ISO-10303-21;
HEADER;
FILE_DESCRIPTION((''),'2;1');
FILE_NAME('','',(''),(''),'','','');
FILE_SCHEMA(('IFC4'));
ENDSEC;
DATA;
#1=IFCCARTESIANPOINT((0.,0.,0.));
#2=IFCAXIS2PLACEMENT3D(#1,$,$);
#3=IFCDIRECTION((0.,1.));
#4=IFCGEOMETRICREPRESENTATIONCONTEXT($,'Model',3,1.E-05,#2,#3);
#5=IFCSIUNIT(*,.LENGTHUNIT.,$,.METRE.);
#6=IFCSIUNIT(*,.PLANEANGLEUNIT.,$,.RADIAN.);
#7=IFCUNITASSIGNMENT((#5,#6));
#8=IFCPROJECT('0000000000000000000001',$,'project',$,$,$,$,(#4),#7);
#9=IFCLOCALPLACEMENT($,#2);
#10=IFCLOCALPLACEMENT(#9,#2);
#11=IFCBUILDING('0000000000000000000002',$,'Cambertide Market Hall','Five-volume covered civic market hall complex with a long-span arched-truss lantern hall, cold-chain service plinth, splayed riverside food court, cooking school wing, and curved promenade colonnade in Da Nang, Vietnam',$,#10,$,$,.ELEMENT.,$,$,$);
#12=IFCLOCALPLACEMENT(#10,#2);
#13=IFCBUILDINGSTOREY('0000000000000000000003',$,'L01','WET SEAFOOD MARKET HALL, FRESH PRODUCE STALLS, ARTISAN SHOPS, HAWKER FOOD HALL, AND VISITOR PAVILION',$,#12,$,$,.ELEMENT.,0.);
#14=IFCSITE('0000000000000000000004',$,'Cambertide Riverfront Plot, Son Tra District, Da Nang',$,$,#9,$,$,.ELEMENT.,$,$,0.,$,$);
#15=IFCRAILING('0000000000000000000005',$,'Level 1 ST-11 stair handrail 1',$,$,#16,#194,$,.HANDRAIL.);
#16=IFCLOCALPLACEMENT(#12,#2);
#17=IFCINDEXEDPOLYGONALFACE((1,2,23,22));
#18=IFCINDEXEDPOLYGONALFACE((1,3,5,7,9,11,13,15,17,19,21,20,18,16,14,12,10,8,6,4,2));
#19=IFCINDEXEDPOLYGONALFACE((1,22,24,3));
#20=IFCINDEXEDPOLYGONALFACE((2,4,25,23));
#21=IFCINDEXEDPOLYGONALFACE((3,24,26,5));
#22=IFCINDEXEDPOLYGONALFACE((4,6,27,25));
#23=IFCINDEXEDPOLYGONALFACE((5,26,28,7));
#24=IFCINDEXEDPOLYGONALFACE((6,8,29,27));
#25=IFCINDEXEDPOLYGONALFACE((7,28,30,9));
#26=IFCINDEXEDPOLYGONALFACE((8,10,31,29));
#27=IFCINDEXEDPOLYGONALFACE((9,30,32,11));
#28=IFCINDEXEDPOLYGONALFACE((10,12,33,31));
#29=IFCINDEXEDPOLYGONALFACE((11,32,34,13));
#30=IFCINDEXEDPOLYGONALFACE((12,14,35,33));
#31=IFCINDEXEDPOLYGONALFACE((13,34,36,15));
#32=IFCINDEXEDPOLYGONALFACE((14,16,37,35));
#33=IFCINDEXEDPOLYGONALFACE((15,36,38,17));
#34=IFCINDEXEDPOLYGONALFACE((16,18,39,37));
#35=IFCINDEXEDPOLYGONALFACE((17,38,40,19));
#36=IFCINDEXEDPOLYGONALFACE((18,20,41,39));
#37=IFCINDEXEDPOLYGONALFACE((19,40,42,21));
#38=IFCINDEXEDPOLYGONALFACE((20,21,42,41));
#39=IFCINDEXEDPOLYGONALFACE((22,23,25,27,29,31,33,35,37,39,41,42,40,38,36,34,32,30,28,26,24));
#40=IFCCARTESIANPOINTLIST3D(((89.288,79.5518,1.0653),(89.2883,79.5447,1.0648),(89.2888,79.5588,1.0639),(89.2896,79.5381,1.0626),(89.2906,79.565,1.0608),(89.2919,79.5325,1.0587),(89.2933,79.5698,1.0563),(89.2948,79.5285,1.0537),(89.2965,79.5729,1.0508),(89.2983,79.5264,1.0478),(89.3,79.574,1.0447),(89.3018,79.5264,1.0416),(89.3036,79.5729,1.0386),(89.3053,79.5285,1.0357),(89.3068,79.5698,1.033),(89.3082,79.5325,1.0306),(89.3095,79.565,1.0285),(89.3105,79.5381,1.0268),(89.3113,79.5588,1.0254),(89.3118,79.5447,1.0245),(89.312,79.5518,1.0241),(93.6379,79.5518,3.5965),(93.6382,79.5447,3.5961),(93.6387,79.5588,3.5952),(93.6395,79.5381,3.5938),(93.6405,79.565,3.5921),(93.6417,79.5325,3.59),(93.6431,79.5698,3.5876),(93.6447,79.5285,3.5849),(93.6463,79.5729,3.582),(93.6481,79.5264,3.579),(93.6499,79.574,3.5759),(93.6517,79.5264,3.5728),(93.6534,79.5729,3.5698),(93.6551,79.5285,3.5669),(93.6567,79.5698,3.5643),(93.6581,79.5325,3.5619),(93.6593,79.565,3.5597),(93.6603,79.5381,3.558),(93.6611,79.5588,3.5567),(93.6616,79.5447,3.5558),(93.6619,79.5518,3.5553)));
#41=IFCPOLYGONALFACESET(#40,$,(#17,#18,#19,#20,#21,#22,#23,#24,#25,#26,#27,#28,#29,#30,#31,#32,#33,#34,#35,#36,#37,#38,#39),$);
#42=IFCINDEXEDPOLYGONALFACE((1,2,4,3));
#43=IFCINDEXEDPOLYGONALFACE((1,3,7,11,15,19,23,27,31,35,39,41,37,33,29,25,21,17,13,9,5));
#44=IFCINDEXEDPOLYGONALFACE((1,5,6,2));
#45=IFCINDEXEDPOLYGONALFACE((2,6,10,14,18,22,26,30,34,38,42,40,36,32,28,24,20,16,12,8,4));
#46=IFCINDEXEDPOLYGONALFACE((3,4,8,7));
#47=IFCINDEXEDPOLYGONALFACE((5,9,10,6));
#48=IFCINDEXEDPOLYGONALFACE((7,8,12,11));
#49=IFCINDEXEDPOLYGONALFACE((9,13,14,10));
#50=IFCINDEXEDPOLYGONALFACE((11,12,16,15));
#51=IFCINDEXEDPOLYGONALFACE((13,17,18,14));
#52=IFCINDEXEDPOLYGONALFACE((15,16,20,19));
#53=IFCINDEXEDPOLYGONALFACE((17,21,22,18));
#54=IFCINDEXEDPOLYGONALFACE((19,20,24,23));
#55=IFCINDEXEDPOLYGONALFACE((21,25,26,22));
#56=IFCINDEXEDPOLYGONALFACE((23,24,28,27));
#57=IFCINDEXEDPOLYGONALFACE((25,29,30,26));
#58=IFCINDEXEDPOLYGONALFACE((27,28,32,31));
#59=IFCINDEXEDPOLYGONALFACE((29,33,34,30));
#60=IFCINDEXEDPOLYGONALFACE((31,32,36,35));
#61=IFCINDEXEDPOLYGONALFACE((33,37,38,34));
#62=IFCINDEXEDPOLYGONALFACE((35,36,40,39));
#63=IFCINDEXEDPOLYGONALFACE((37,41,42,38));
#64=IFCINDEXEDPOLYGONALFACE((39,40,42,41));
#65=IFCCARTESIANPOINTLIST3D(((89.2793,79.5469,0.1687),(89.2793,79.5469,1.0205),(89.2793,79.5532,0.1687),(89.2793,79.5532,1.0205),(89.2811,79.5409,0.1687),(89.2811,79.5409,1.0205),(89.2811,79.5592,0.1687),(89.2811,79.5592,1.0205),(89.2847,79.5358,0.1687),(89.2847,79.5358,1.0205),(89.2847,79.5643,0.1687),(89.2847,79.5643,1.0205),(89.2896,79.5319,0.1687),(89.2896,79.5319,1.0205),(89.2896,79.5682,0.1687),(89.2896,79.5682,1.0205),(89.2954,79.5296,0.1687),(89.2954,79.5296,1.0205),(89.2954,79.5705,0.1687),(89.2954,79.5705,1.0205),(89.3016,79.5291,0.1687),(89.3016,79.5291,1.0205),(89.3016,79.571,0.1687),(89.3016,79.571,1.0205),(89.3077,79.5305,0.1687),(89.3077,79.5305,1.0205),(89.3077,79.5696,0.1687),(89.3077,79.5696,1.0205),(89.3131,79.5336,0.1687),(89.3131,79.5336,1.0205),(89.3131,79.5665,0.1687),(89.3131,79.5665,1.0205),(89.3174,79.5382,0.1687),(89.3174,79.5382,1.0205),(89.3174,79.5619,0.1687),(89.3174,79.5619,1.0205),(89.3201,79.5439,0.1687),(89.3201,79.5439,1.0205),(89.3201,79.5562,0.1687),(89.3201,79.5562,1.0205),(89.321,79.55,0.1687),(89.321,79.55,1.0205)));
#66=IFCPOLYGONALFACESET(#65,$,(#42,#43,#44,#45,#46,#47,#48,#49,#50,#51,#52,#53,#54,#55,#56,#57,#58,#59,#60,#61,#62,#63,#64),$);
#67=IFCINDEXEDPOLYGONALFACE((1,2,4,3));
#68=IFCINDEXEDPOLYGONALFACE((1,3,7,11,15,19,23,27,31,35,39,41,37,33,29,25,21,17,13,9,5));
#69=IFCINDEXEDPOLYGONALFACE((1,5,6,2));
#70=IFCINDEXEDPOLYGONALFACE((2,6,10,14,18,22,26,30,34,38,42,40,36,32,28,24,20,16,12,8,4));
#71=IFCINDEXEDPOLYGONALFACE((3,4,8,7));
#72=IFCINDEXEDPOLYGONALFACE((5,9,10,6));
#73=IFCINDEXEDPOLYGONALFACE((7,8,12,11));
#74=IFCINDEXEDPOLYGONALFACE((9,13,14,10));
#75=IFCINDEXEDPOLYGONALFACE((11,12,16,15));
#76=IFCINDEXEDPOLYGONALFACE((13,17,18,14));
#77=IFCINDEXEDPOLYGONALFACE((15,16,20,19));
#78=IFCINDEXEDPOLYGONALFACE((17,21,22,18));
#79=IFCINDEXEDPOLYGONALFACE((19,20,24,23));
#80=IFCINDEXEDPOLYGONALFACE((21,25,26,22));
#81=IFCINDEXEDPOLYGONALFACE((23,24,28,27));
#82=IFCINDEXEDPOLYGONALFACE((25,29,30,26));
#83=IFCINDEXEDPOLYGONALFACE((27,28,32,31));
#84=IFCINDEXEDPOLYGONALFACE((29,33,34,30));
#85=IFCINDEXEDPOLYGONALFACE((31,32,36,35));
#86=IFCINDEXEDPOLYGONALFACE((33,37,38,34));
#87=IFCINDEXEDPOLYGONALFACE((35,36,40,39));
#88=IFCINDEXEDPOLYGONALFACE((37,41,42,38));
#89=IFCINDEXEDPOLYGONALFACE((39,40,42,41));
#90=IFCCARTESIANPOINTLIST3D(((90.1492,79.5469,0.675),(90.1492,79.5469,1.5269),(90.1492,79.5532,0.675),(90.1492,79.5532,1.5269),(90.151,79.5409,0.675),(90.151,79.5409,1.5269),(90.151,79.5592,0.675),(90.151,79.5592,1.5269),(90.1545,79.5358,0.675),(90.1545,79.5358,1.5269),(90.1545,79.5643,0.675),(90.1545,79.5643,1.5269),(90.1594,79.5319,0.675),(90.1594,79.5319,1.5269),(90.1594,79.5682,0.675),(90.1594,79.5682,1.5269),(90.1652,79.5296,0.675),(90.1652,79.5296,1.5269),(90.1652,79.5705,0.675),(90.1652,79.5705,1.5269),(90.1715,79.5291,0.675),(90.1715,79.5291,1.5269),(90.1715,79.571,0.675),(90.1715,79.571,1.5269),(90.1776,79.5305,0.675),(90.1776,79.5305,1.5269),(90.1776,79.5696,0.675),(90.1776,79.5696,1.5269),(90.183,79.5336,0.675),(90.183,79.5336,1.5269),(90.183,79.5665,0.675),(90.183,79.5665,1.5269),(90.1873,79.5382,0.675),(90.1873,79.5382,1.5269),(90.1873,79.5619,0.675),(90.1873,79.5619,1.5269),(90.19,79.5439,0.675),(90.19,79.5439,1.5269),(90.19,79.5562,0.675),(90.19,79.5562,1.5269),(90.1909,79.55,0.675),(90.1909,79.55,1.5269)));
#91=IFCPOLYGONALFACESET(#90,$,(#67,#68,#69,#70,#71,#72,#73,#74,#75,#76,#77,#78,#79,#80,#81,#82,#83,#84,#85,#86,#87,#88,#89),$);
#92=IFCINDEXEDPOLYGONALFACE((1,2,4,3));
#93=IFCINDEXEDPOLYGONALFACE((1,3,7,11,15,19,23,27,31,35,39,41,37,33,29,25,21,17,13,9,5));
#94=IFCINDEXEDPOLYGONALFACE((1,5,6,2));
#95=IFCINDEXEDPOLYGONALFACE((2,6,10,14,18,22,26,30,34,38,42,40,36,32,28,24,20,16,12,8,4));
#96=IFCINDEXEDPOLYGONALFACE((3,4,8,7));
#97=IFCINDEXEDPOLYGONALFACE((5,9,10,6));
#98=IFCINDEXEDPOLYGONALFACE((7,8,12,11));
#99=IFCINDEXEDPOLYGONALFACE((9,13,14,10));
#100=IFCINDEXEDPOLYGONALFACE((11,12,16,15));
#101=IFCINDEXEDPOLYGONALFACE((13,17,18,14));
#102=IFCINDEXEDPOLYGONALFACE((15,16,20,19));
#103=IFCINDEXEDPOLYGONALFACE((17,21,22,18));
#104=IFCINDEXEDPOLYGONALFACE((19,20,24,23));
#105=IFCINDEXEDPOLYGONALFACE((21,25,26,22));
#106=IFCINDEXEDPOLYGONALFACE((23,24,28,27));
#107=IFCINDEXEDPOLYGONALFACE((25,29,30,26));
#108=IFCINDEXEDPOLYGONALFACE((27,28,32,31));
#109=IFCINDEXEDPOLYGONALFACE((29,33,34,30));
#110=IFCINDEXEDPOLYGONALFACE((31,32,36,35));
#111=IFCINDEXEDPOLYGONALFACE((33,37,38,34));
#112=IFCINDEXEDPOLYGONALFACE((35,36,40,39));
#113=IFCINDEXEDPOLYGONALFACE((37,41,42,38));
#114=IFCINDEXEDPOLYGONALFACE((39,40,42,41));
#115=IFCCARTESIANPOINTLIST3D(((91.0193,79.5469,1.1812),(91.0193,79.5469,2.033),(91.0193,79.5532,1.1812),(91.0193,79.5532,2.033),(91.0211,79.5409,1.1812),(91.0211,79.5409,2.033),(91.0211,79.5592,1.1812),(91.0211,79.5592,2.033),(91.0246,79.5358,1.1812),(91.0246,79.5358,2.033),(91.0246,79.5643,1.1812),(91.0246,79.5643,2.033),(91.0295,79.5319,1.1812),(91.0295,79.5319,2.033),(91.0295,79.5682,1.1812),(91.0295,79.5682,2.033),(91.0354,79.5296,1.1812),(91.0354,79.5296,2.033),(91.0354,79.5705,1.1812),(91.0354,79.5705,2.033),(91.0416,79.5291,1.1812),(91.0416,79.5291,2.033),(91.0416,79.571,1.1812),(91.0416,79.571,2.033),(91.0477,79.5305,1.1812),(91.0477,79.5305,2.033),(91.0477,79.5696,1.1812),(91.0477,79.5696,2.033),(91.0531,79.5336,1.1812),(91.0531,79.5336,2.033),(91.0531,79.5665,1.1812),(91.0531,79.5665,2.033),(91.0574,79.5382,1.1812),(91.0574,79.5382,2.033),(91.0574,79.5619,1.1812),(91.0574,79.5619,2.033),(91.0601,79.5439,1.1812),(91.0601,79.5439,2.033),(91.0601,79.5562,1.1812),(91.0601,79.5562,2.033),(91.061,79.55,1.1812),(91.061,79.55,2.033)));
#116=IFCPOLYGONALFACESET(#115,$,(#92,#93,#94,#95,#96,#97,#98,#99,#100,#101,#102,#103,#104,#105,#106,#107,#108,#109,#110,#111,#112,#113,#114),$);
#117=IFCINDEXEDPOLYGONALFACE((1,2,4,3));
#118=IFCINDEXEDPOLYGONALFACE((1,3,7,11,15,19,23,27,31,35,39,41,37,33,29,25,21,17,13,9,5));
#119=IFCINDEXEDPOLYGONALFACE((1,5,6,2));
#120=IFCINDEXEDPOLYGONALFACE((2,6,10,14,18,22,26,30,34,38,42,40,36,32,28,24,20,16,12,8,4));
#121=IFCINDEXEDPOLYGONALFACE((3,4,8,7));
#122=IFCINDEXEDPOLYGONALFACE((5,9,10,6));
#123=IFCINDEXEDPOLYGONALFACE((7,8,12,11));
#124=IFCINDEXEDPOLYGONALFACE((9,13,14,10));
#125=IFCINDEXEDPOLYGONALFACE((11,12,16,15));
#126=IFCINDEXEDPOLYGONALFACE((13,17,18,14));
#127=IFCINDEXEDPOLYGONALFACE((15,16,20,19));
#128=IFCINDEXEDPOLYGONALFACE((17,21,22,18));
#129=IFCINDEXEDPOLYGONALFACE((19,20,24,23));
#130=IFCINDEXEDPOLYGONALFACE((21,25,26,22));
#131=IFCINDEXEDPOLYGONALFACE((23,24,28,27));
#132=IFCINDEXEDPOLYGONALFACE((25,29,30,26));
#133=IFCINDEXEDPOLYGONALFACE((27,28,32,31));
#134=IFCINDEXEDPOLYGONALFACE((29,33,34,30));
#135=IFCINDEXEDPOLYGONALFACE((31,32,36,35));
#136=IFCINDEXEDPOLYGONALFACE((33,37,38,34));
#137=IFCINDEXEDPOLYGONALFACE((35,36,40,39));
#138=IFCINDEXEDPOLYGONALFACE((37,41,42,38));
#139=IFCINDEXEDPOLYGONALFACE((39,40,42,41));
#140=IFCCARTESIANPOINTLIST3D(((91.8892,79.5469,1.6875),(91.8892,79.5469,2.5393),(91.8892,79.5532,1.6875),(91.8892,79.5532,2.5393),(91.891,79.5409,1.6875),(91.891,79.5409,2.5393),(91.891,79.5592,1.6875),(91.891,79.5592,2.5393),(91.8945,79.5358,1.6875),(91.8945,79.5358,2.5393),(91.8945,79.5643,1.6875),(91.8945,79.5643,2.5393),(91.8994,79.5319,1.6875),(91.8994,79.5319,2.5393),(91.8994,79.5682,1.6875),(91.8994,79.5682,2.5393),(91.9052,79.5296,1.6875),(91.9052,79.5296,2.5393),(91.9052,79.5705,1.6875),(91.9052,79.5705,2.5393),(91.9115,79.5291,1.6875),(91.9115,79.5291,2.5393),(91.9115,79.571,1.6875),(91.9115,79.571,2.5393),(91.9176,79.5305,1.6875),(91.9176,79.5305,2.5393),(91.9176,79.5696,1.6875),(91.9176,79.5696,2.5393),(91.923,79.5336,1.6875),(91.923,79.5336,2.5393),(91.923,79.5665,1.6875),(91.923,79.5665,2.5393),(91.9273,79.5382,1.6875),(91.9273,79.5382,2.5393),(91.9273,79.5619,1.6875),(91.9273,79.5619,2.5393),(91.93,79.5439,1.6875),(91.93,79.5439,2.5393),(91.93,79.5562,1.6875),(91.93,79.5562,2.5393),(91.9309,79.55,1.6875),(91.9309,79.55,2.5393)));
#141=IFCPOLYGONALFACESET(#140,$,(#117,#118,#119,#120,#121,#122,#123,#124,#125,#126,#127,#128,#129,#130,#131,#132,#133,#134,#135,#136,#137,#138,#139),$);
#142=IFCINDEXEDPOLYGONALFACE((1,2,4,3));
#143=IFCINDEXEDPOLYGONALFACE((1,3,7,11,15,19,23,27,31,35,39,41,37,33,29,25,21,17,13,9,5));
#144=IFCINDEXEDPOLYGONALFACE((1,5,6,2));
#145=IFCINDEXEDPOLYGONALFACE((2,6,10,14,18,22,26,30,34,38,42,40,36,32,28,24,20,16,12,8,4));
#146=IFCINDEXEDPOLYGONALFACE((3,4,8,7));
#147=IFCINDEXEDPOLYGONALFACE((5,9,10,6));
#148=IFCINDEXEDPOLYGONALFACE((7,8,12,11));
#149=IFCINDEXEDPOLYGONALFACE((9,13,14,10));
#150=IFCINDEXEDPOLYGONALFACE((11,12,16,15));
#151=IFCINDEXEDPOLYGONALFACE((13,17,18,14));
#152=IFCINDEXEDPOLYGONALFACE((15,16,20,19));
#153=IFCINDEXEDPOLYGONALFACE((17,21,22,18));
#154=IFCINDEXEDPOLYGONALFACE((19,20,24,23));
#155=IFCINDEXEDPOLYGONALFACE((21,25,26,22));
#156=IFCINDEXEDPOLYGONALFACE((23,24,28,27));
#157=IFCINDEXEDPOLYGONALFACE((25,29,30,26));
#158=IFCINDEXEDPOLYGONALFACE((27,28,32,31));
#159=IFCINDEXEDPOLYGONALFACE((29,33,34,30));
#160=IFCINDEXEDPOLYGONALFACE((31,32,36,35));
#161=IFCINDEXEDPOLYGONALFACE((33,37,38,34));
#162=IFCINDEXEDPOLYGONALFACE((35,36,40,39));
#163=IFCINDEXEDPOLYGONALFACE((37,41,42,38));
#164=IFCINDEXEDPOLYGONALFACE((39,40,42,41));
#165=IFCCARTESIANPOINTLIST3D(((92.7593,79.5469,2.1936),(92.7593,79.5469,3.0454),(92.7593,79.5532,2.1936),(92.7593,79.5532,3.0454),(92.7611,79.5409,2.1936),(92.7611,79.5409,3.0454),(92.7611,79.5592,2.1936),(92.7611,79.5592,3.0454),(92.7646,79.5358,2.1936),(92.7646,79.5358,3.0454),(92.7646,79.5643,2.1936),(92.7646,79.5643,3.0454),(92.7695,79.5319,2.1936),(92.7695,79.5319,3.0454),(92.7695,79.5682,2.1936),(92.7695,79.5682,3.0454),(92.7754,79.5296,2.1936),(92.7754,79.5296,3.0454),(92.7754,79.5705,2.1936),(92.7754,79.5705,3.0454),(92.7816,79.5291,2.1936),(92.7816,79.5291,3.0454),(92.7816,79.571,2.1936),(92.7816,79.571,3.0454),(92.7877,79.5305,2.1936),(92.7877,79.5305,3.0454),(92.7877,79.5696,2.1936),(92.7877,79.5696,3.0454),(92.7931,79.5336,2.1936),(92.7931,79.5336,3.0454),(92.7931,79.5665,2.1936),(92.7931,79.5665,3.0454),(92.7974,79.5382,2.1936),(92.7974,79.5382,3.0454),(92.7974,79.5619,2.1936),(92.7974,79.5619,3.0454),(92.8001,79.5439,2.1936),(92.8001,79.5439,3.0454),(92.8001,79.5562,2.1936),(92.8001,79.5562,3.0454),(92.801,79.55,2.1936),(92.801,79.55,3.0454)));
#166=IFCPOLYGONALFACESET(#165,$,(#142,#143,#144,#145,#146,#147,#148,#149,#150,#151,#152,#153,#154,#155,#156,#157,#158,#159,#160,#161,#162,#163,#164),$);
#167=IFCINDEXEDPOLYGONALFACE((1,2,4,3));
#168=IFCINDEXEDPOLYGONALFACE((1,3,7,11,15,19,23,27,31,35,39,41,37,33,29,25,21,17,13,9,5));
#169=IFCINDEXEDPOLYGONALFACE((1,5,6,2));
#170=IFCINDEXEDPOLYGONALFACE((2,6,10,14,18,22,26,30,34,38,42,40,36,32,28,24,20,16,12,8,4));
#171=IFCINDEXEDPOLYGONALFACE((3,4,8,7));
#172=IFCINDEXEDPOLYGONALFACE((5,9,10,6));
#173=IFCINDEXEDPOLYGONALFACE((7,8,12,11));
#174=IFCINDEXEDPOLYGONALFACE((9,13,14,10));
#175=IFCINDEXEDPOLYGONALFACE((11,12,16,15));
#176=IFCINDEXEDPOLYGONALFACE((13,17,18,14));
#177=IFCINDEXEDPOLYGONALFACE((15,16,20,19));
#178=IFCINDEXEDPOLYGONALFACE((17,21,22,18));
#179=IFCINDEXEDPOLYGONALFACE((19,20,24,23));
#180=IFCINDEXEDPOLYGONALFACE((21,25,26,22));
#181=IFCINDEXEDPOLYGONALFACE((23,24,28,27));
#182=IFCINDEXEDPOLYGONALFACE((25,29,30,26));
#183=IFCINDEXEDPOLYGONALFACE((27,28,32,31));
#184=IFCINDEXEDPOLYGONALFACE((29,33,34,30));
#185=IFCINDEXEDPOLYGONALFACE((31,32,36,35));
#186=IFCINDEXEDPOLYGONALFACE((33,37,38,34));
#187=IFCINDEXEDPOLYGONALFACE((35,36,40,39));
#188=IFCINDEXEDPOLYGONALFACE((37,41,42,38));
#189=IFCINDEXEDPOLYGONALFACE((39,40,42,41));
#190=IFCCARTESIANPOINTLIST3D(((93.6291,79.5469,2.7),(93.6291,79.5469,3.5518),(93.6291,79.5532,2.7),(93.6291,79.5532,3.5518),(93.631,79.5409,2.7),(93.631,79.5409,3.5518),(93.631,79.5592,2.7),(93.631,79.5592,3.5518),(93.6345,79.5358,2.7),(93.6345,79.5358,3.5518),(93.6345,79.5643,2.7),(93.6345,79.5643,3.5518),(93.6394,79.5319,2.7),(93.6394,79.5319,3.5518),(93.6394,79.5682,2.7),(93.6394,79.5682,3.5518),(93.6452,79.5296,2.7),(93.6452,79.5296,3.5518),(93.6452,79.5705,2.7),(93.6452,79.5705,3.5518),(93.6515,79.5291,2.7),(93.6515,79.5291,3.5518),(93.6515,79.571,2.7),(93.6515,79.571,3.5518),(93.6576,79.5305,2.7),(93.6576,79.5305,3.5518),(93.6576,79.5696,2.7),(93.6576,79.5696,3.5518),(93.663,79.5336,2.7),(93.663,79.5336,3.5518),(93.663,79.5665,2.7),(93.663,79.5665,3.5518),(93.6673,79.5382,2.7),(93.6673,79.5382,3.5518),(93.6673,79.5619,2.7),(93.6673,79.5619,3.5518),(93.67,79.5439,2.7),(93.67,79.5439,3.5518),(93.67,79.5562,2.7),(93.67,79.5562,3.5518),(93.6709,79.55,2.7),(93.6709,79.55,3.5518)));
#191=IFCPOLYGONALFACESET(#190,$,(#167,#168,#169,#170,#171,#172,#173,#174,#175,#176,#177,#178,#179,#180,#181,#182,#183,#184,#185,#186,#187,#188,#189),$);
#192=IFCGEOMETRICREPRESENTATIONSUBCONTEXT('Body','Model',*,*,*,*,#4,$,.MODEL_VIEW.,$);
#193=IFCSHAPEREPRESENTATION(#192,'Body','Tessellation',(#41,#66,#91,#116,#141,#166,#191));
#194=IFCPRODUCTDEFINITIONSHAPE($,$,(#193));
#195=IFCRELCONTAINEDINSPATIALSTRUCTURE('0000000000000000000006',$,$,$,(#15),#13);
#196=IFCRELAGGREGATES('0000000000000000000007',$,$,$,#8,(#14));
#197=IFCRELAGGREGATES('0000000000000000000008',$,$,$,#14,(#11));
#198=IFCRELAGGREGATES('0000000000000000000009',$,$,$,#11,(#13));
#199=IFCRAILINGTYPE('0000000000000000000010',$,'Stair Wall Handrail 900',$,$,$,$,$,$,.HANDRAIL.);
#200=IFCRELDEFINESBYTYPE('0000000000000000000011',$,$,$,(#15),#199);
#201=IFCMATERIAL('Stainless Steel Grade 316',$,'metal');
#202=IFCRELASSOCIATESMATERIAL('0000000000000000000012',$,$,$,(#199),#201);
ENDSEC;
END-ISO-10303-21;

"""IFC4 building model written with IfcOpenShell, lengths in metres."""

from ifc_helpers import new_model, si_unit, direction, frame, origin, origin_2d, place, context, subcontext, project, spatial, circle, extrude, material, type_object, element, save


model = new_model("IFC4")

# Units and contexts
model_context = context("Model", 3, precision=1e-05, world=origin(), true_north=direction((0.0, 1.0)))
body_context = subcontext(model_context, "Body", "Model", "MODEL_VIEW")
ifc_project = project(units=[si_unit("LENGTHUNIT", "METRE"), si_unit("PLANEANGLEUNIT", "RADIAN")], contexts=[model_context])

# Site, building, storey
site_placement = place(None, origin())
site = spatial("IfcSite", under=ifc_project, at=site_placement, Name="Cambertide Riverfront Plot, Son Tra District, Da Nang", CompositionType="ELEMENT", RefElevation=0.0)
building_placement = place(site_placement, origin())
building = spatial("IfcBuilding", under=site, at=building_placement, Name="Cambertide Market Hall", Description="Five-volume covered civic market hall complex with a long-span arched-truss lantern hall, cold-chain service plinth, splayed riverside food court, cooking school wing, and curved promenade colonnade in Da Nang, Vietnam", CompositionType="ELEMENT")
storey_placement = place(building_placement, origin())
storey = spatial("IfcBuildingStorey", under=building, at=storey_placement, Name="L01", Description="WET SEAFOOD MARKET HALL, FRESH PRODUCE STALLS, ARTISAN SHOPS, HAWKER FOOD HALL, AND VISITOR PAVILION", CompositionType="ELEMENT", Elevation=0.0)

# Railing
ifc_material_1 = material(Name="Stainless Steel Grade 316", Category="metal")
railing_type_1 = type_object("IfcRailingType", Name="Stair Wall Handrail 900", PredefinedType="HANDRAIL", material=ifc_material_1)
railing_1_placement = place(storey_placement, frame((89.3, 79.55, 0.1687)))
element("IfcRailing", 1, at=railing_1_placement, inside=storey, type_object=railing_type_1, Name="Level 1 ST-11 stair handrail 1", PredefinedType="HANDRAIL", context=body_context, shape_type="SweptSolid", body=[
    extrude(circle(Radius=0.0239, at=origin_2d()), frame((0.0, 0.0, 0.876), z_axis=(0.864312, 0.0, 0.502957), x_axis=(0.0, 1.0, 0.0)), (0.0, 0.0, 1.0), 5.0327),
    extrude(circle(Radius=0.021, at=origin_2d()), origin(), (0.0, 0.0, 1.0), 0.8518),
    extrude(circle(Radius=0.021, at=origin_2d()), frame((0.8699, 0.0, 0.5063)), (0.0, 0.0, 1.0), 0.8518),
    extrude(circle(Radius=0.021, at=origin_2d()), frame((1.74, 0.0, 1.0125)), (0.0, 0.0, 1.0), 0.8518),
    extrude(circle(Radius=0.021, at=origin_2d()), frame((2.6099, 0.0, 1.5188)), (0.0, 0.0, 1.0), 0.8518),
    extrude(circle(Radius=0.021, at=origin_2d()), frame((3.48, 0.0, 2.0249)), (0.0, 0.0, 1.0), 0.8518),
    extrude(circle(Radius=0.021, at=origin_2d()), frame((4.3499, 0.0, 2.5312)), (0.0, 0.0, 1.0), 0.8518),
])

save(model, "model.ifc")
